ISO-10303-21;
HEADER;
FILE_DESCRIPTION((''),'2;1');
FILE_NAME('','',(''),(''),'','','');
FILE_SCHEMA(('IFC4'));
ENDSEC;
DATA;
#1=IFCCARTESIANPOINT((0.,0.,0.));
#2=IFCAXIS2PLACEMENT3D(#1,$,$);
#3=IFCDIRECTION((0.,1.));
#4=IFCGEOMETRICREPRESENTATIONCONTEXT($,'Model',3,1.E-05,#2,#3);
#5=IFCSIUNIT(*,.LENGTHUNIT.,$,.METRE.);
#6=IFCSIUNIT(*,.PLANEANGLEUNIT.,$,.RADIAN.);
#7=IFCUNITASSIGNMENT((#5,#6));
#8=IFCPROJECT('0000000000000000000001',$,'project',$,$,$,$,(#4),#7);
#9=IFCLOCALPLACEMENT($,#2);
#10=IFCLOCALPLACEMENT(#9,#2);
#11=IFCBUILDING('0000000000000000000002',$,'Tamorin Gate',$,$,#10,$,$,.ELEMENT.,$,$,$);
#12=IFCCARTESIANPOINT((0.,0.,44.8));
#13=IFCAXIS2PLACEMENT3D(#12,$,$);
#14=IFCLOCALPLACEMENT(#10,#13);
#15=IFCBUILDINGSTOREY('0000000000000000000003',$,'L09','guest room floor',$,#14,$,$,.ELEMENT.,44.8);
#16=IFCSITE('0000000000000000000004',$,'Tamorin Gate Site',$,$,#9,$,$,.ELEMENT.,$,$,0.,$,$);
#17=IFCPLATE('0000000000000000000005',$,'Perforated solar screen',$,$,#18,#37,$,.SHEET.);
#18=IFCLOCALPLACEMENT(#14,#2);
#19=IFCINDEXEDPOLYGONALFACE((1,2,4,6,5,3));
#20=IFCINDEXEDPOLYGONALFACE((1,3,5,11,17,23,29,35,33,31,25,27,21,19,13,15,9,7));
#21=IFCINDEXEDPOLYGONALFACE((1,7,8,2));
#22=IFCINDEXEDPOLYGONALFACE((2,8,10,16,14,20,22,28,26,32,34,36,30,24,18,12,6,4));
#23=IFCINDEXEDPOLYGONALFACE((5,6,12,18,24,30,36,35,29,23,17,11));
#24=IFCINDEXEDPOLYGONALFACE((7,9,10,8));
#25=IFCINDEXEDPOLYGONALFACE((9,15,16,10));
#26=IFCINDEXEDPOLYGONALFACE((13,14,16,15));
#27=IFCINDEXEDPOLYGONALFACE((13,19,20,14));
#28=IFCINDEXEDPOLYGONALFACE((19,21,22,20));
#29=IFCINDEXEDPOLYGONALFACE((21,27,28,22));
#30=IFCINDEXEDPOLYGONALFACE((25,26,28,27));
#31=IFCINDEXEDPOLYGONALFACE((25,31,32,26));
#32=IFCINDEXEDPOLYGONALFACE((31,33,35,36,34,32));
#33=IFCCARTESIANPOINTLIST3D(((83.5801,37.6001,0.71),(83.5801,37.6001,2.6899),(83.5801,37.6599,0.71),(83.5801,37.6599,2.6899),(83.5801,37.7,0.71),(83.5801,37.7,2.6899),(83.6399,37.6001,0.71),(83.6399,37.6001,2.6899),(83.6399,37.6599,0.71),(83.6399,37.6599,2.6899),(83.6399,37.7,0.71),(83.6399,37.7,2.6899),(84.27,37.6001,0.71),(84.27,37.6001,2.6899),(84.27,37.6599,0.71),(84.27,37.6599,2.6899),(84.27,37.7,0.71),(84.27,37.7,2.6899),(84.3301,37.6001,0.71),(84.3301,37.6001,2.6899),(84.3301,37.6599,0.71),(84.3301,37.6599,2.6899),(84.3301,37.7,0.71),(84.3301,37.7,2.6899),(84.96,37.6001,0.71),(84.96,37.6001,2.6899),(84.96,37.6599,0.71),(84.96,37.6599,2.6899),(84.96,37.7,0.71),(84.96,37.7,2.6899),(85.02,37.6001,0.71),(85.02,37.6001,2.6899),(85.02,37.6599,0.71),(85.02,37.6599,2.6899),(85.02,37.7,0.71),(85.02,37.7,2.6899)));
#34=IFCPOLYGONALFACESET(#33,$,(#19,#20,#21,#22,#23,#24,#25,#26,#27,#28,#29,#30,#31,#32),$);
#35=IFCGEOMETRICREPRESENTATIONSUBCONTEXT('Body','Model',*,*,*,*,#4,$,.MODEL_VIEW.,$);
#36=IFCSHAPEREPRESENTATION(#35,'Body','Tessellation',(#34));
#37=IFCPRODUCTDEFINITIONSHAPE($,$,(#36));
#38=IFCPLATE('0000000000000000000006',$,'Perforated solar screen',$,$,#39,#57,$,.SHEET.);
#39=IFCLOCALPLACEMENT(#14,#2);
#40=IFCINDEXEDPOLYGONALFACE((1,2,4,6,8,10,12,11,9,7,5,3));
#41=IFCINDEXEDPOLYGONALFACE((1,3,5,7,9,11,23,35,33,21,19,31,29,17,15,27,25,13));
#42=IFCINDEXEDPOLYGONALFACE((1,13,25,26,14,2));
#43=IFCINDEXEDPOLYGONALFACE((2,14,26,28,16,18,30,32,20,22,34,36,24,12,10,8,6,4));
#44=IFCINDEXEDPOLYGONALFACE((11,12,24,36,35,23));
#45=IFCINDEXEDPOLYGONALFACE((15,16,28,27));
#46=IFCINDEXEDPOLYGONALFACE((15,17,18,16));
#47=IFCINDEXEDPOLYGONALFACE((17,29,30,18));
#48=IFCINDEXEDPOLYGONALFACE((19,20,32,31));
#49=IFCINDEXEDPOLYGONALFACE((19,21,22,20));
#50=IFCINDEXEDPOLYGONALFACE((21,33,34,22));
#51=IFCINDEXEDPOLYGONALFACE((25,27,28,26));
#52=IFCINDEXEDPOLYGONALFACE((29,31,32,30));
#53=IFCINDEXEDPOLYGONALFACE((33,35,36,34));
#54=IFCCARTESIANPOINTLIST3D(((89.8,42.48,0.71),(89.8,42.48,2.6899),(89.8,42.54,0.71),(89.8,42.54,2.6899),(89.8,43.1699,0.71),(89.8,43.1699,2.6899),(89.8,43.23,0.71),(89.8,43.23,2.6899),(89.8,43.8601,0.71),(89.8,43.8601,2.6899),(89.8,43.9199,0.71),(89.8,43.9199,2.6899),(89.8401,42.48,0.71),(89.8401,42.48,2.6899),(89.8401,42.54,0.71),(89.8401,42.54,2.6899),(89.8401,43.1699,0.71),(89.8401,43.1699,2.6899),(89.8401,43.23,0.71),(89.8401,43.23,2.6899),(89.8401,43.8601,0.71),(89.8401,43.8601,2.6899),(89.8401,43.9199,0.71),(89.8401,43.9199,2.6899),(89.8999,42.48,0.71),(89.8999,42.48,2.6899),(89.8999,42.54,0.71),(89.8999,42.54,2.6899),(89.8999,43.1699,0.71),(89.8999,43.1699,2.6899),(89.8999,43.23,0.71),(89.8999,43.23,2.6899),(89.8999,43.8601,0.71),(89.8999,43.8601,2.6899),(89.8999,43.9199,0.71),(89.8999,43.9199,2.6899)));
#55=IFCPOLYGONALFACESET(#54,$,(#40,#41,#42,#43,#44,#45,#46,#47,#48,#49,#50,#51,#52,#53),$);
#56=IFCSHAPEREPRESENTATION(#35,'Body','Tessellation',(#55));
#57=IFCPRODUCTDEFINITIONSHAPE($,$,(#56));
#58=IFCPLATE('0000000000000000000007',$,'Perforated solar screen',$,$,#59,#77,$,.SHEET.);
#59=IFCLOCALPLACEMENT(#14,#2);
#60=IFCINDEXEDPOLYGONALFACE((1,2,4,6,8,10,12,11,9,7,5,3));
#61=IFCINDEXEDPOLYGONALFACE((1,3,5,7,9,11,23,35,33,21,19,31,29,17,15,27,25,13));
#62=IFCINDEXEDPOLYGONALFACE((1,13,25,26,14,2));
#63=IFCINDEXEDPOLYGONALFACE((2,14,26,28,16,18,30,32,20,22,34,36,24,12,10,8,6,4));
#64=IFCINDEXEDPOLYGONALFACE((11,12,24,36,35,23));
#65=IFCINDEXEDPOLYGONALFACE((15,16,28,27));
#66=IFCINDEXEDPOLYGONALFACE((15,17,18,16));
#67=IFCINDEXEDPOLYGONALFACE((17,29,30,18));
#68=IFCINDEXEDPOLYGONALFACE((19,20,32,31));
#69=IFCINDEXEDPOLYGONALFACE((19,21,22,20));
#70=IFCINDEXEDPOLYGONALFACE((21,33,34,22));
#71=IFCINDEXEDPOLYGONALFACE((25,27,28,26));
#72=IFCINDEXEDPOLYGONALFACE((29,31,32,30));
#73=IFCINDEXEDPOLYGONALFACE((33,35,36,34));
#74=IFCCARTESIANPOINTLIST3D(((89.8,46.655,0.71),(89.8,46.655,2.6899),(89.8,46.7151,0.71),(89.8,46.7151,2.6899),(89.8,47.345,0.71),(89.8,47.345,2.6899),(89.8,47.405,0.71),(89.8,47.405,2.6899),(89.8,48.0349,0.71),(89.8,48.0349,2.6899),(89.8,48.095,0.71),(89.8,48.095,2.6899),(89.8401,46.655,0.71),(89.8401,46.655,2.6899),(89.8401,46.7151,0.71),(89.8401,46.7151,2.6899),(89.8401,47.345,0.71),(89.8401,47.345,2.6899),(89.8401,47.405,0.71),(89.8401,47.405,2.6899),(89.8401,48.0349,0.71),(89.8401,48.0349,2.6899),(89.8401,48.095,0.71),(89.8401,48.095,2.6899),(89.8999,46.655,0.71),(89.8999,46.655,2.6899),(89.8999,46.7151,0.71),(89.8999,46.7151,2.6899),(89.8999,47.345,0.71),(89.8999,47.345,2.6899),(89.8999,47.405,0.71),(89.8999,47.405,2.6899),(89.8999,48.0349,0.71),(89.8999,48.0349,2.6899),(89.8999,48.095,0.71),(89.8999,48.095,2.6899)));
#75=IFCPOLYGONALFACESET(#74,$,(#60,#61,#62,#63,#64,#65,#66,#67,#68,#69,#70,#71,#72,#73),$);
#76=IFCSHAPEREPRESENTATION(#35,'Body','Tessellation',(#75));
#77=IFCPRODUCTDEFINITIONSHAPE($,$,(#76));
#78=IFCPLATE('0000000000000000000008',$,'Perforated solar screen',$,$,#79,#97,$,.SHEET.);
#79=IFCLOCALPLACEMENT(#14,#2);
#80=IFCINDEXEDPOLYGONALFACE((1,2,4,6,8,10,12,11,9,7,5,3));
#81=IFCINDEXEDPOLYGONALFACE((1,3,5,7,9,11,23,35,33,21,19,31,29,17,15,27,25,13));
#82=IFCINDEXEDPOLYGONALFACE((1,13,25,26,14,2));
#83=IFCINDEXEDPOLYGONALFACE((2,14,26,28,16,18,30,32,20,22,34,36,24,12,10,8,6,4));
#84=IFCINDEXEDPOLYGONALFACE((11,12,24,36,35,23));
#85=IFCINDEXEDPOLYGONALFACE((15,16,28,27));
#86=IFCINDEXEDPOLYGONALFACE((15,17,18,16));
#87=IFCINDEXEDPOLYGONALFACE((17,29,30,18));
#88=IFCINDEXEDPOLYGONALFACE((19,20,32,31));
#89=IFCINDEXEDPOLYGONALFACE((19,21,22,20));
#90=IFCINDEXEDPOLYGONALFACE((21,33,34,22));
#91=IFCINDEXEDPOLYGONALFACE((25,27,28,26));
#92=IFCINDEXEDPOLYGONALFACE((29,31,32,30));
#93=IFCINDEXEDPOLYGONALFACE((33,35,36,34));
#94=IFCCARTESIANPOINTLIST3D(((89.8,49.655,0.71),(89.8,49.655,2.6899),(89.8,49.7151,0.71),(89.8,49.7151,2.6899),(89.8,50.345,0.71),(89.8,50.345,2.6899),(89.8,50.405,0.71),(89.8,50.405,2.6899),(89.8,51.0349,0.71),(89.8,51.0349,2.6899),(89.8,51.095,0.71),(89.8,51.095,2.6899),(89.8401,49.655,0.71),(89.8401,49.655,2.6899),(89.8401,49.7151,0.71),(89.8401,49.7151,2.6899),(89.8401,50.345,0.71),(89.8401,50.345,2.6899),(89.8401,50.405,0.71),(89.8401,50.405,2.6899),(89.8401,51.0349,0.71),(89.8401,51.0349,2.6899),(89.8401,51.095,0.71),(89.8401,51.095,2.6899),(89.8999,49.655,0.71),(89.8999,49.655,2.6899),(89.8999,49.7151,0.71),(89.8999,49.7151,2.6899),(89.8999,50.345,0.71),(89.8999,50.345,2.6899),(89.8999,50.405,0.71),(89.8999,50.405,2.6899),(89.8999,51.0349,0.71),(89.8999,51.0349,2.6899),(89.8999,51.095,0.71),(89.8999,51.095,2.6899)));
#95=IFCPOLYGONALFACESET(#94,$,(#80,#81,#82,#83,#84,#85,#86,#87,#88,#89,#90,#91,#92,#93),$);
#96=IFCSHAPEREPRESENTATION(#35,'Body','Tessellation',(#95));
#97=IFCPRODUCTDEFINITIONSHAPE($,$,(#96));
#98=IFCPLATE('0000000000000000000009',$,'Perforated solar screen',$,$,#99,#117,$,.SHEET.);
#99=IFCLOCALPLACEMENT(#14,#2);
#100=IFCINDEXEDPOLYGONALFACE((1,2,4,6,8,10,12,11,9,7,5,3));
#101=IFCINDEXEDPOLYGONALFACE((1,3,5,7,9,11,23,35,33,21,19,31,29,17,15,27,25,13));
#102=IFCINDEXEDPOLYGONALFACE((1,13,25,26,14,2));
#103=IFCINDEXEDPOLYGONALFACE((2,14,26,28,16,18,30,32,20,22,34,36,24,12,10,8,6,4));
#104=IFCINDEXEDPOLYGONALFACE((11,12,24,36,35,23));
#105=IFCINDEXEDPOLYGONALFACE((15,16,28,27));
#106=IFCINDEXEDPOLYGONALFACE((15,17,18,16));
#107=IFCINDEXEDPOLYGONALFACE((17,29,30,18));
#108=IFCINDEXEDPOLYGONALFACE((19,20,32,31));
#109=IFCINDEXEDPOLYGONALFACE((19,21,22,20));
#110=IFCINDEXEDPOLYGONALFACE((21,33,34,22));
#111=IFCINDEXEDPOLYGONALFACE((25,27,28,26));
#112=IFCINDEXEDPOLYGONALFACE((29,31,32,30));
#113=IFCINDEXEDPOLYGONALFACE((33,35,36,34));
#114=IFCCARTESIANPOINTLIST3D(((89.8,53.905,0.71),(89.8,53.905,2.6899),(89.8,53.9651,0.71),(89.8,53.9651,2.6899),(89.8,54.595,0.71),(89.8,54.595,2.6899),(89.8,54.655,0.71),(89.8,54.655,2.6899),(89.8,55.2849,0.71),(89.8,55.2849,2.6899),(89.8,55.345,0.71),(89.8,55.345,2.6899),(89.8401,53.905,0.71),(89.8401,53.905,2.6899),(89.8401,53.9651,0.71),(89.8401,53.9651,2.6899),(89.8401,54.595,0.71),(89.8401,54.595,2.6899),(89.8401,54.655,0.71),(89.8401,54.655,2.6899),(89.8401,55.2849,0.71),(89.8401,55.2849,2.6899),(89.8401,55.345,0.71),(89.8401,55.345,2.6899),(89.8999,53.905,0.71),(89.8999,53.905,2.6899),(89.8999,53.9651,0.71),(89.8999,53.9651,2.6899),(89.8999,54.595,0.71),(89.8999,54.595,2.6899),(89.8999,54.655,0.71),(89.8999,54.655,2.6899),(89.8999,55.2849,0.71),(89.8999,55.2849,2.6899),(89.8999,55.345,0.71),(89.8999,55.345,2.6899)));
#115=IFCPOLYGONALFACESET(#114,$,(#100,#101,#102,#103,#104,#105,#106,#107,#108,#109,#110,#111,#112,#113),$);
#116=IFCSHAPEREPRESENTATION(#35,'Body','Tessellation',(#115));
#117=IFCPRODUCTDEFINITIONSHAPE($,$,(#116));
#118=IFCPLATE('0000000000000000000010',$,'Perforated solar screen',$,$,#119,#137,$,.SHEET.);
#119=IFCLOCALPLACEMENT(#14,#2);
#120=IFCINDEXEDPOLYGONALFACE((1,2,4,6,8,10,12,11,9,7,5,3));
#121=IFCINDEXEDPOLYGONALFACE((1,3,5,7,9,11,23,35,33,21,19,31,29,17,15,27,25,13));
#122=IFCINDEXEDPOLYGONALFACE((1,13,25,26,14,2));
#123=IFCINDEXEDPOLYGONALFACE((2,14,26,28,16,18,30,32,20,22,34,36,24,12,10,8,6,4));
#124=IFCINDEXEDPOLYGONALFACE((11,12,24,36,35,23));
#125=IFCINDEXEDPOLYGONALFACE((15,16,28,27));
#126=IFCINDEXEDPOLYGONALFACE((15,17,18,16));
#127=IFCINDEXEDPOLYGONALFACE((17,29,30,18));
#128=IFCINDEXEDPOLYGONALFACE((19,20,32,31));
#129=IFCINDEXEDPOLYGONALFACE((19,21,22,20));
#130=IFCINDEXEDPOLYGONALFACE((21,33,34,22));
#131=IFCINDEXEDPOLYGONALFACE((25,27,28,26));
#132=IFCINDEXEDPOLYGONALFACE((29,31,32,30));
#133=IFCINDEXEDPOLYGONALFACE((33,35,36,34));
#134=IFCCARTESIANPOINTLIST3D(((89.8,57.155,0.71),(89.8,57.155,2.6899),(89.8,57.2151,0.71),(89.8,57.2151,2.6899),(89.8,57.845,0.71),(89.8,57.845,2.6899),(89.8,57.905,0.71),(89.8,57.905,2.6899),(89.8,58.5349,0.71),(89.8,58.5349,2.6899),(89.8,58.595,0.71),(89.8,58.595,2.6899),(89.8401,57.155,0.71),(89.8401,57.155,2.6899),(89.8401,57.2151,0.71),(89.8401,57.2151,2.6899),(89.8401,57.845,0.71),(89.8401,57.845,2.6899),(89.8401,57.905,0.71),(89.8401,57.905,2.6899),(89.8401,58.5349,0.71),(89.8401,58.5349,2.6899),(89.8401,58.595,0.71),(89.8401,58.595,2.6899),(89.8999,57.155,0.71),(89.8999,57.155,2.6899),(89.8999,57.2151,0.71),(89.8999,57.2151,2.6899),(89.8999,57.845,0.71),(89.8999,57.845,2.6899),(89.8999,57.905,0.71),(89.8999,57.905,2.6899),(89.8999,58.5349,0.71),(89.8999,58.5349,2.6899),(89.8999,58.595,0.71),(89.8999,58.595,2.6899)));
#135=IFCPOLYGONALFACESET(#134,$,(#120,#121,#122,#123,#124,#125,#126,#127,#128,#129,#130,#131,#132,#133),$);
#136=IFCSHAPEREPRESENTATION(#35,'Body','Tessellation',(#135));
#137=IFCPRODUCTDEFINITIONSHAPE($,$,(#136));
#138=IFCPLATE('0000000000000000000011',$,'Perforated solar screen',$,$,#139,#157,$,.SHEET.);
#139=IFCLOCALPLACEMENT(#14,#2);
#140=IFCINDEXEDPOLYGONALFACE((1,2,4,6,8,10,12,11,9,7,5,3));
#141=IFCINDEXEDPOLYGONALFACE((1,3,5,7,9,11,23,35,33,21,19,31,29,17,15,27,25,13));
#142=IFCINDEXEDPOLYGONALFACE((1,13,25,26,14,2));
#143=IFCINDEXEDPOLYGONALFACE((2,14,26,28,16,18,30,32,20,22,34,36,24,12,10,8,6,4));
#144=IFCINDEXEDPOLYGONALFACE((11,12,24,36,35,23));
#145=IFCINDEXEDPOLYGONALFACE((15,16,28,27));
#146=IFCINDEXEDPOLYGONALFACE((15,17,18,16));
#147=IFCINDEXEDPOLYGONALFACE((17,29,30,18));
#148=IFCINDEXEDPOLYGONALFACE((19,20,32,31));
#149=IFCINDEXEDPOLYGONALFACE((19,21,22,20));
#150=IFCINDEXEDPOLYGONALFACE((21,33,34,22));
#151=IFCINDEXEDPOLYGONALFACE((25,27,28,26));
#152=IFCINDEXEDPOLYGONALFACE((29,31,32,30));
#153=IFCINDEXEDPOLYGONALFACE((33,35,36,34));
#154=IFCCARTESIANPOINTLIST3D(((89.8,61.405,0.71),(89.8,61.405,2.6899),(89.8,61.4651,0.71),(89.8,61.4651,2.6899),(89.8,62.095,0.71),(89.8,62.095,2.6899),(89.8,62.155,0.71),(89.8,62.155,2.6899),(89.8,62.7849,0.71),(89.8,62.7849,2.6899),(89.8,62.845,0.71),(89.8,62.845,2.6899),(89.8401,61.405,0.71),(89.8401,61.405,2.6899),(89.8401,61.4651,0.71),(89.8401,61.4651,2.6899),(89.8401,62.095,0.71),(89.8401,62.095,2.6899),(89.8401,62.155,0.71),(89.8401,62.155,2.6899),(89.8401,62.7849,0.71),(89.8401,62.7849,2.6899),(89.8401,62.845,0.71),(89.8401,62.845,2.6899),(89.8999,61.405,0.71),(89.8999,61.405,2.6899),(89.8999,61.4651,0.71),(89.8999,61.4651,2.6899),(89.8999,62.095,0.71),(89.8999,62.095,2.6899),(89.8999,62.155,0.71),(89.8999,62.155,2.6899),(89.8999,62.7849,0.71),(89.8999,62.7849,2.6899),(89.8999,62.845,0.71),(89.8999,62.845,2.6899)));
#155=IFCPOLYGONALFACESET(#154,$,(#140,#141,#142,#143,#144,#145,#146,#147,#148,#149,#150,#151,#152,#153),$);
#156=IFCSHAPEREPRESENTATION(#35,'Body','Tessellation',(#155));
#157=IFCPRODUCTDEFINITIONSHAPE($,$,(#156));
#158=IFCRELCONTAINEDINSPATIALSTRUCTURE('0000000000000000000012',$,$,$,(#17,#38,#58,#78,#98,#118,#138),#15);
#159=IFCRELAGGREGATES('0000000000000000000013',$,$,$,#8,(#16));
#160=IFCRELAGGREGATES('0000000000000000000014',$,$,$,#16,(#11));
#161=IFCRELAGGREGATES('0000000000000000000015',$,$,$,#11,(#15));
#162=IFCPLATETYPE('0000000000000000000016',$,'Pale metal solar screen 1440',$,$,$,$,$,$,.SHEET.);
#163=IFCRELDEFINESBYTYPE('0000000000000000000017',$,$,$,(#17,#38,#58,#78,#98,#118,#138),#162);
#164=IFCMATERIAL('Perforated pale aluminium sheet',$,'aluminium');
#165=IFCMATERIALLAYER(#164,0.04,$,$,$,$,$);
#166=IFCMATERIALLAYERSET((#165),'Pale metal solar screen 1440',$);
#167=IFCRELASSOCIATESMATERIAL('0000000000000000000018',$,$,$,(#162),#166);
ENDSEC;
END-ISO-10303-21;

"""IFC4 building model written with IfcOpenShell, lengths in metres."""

from ifc_helpers import new_model, si_unit, direction, frame, origin, place, context, subcontext, project, spatial, polyline, outline, extrude, material, layer, layer_set, type_object, element, save


model = new_model("IFC4")

# Units and contexts
model_context = context("Model", 3, precision=1e-05, world=origin(), true_north=direction((0.0, 1.0)))
body_context = subcontext(model_context, "Body", "Model", "MODEL_VIEW")
ifc_project = project(units=[si_unit("LENGTHUNIT", "METRE"), si_unit("PLANEANGLEUNIT", "RADIAN")], contexts=[model_context])

# Site, building, storey
site_placement = place(None, origin())
site = spatial("IfcSite", under=ifc_project, at=site_placement, Name="Tamorin Gate Site", CompositionType="ELEMENT", RefElevation=0.0)
building_placement = place(site_placement, origin())
building = spatial("IfcBuilding", under=site, at=building_placement, Name="Tamorin Gate", CompositionType="ELEMENT")
storey_placement = place(building_placement, frame((0.0, 0.0, 44.8)))
storey = spatial("IfcBuildingStorey", under=building, at=storey_placement, Name="L09", Description="guest room floor", CompositionType="ELEMENT", Elevation=44.8)

# Plates
ifc_material_1 = material(Name="Perforated pale aluminium sheet", Category="aluminium")
ifc_layer_1 = layer(ifc_material_1, 0.04)
ifc_layer_set_1 = layer_set([ifc_layer_1], Name="Pale metal solar screen 1440")
plate_type = type_object("IfcPlateType", Name="Pale metal solar screen 1440", PredefinedType="SHEET", material=ifc_layer_set_1)
plate_1_placement = place(storey_placement, frame((0.0, 0.0, 0.71)))
element("IfcPlate", 1, at=plate_1_placement, inside=storey, type_object=plate_type, Name="Perforated solar screen", PredefinedType="SHEET", context=body_context, shape_type="SweptSolid", body=[
    extrude(outline(polyline([(83.5801, 37.6599), (83.5801, 37.7), (83.6399, 37.7), (84.27, 37.7), (84.3301, 37.7), (84.96, 37.7), (85.02, 37.7), (85.02, 37.6599), (85.02, 37.6001), (84.96, 37.6001), (84.96, 37.6599), (84.3301, 37.6599), (84.3301, 37.6001), (84.27, 37.6001), (84.27, 37.6599), (83.6399, 37.6599), (83.6399, 37.6001), (83.5801, 37.6001), (83.5801, 37.6599)])), origin(), (0.0, 0.0, 1.0), 1.98),
])
plate_2_placement = place(storey_placement, frame((0.0, 0.0, 0.71)))
element("IfcPlate", 2, at=plate_2_placement, inside=storey, type_object=plate_type, Name="Perforated solar screen", PredefinedType="SHEET", context=body_context, shape_type="SweptSolid", body=[
    extrude(outline(polyline([(89.8401, 42.48), (89.8, 42.48), (89.8, 42.54), (89.8, 43.1699), (89.8, 43.23), (89.8, 43.8601), (89.8, 43.9199), (89.8401, 43.9199), (89.8999, 43.9199), (89.8999, 43.8601), (89.8401, 43.8601), (89.8401, 43.23), (89.8999, 43.23), (89.8999, 43.1699), (89.8401, 43.1699), (89.8401, 42.54), (89.8999, 42.54), (89.8999, 42.48), (89.8401, 42.48)])), origin(), (0.0, 0.0, 1.0), 1.98),
])
plate_3_placement = place(storey_placement, frame((0.0, 0.0, 0.71)))
element("IfcPlate", 3, at=plate_3_placement, inside=storey, type_object=plate_type, Name="Perforated solar screen", PredefinedType="SHEET", context=body_context, shape_type="SweptSolid", body=[
    extrude(outline(polyline([(89.8401, 46.655), (89.8, 46.655), (89.8, 46.7151), (89.8, 47.345), (89.8, 47.405), (89.8, 48.0349), (89.8, 48.095), (89.8, 48.095), (89.8401, 48.095), (89.8401, 48.095), (89.8999, 48.095), (89.8999, 48.0349), (89.8401, 48.0349), (89.8401, 47.405), (89.8999, 47.405), (89.8999, 47.345), (89.8401, 47.345), (89.8401, 46.7151), (89.8999, 46.7151), (89.8999, 46.655), (89.8401, 46.655)])), origin(), (0.0, 0.0, 1.0), 1.98),
])
plate_4_placement = place(storey_placement, frame((0.0, 0.0, 0.71)))
element("IfcPlate", 4, at=plate_4_placement, inside=storey, type_object=plate_type, Name="Perforated solar screen", PredefinedType="SHEET", context=body_context, shape_type="SweptSolid", body=[
    extrude(outline(polyline([(89.8401, 49.655), (89.8, 49.655), (89.8, 49.7151), (89.8, 50.345), (89.8, 50.405), (89.8, 51.0349), (89.8, 51.095), (89.8401, 51.095), (89.8999, 51.095), (89.8999, 51.0349), (89.8401, 51.0349), (89.8401, 50.405), (89.8999, 50.405), (89.8999, 50.345), (89.8401, 50.345), (89.8401, 49.7151), (89.8999, 49.7151), (89.8999, 49.655), (89.8401, 49.655)])), origin(), (0.0, 0.0, 1.0), 1.98),
])
plate_5_placement = place(storey_placement, frame((0.0, 0.0, 0.71)))
element("IfcPlate", 5, at=plate_5_placement, inside=storey, type_object=plate_type, Name="Perforated solar screen", PredefinedType="SHEET", context=body_context, shape_type="SweptSolid", body=[
    extrude(outline(polyline([(89.8401, 53.905), (89.8, 53.905), (89.8, 53.9651), (89.8, 54.595), (89.8, 54.655), (89.8, 55.2849), (89.8, 55.345), (89.8401, 55.345), (89.8999, 55.345), (89.8999, 55.2849), (89.8401, 55.2849), (89.8401, 54.655), (89.8999, 54.655), (89.8999, 54.595), (89.8401, 54.595), (89.8401, 53.9651), (89.8999, 53.9651), (89.8999, 53.905), (89.8401, 53.905)])), origin(), (0.0, 0.0, 1.0), 1.98),
])
plate_6_placement = place(storey_placement, frame((0.0, 0.0, 0.71)))
element("IfcPlate", 6, at=plate_6_placement, inside=storey, type_object=plate_type, Name="Perforated solar screen", PredefinedType="SHEET", context=body_context, shape_type="SweptSolid", body=[
    extrude(outline(polyline([(89.8401, 57.155), (89.8, 57.155), (89.8, 57.2151), (89.8, 57.845), (89.8, 57.905), (89.8, 58.5349), (89.8, 58.595), (89.8401, 58.595), (89.8999, 58.595), (89.8999, 58.5349), (89.8401, 58.5349), (89.8401, 57.905), (89.8999, 57.905), (89.8999, 57.845), (89.8401, 57.845), (89.8401, 57.2151), (89.8999, 57.2151), (89.8999, 57.155), (89.8401, 57.155)])), origin(), (0.0, 0.0, 1.0), 1.98),
])
plate_7_placement = place(storey_placement, frame((0.0, 0.0, 0.71)))
element("IfcPlate", 7, at=plate_7_placement, inside=storey, type_object=plate_type, Name="Perforated solar screen", PredefinedType="SHEET", context=body_context, shape_type="SweptSolid", body=[
    extrude(outline(polyline([(89.8401, 61.405), (89.8, 61.405), (89.8, 61.4651), (89.8, 62.095), (89.8, 62.155), (89.8, 62.7849), (89.8, 62.845), (89.8401, 62.845), (89.8999, 62.845), (89.8999, 62.7849), (89.8401, 62.7849), (89.8401, 62.155), (89.8999, 62.155), (89.8999, 62.095), (89.8401, 62.095), (89.8401, 61.4651), (89.8999, 61.4651), (89.8999, 61.405), (89.8401, 61.405)])), origin(), (0.0, 0.0, 1.0), 1.98),
])

save(model, "model.ifc")
